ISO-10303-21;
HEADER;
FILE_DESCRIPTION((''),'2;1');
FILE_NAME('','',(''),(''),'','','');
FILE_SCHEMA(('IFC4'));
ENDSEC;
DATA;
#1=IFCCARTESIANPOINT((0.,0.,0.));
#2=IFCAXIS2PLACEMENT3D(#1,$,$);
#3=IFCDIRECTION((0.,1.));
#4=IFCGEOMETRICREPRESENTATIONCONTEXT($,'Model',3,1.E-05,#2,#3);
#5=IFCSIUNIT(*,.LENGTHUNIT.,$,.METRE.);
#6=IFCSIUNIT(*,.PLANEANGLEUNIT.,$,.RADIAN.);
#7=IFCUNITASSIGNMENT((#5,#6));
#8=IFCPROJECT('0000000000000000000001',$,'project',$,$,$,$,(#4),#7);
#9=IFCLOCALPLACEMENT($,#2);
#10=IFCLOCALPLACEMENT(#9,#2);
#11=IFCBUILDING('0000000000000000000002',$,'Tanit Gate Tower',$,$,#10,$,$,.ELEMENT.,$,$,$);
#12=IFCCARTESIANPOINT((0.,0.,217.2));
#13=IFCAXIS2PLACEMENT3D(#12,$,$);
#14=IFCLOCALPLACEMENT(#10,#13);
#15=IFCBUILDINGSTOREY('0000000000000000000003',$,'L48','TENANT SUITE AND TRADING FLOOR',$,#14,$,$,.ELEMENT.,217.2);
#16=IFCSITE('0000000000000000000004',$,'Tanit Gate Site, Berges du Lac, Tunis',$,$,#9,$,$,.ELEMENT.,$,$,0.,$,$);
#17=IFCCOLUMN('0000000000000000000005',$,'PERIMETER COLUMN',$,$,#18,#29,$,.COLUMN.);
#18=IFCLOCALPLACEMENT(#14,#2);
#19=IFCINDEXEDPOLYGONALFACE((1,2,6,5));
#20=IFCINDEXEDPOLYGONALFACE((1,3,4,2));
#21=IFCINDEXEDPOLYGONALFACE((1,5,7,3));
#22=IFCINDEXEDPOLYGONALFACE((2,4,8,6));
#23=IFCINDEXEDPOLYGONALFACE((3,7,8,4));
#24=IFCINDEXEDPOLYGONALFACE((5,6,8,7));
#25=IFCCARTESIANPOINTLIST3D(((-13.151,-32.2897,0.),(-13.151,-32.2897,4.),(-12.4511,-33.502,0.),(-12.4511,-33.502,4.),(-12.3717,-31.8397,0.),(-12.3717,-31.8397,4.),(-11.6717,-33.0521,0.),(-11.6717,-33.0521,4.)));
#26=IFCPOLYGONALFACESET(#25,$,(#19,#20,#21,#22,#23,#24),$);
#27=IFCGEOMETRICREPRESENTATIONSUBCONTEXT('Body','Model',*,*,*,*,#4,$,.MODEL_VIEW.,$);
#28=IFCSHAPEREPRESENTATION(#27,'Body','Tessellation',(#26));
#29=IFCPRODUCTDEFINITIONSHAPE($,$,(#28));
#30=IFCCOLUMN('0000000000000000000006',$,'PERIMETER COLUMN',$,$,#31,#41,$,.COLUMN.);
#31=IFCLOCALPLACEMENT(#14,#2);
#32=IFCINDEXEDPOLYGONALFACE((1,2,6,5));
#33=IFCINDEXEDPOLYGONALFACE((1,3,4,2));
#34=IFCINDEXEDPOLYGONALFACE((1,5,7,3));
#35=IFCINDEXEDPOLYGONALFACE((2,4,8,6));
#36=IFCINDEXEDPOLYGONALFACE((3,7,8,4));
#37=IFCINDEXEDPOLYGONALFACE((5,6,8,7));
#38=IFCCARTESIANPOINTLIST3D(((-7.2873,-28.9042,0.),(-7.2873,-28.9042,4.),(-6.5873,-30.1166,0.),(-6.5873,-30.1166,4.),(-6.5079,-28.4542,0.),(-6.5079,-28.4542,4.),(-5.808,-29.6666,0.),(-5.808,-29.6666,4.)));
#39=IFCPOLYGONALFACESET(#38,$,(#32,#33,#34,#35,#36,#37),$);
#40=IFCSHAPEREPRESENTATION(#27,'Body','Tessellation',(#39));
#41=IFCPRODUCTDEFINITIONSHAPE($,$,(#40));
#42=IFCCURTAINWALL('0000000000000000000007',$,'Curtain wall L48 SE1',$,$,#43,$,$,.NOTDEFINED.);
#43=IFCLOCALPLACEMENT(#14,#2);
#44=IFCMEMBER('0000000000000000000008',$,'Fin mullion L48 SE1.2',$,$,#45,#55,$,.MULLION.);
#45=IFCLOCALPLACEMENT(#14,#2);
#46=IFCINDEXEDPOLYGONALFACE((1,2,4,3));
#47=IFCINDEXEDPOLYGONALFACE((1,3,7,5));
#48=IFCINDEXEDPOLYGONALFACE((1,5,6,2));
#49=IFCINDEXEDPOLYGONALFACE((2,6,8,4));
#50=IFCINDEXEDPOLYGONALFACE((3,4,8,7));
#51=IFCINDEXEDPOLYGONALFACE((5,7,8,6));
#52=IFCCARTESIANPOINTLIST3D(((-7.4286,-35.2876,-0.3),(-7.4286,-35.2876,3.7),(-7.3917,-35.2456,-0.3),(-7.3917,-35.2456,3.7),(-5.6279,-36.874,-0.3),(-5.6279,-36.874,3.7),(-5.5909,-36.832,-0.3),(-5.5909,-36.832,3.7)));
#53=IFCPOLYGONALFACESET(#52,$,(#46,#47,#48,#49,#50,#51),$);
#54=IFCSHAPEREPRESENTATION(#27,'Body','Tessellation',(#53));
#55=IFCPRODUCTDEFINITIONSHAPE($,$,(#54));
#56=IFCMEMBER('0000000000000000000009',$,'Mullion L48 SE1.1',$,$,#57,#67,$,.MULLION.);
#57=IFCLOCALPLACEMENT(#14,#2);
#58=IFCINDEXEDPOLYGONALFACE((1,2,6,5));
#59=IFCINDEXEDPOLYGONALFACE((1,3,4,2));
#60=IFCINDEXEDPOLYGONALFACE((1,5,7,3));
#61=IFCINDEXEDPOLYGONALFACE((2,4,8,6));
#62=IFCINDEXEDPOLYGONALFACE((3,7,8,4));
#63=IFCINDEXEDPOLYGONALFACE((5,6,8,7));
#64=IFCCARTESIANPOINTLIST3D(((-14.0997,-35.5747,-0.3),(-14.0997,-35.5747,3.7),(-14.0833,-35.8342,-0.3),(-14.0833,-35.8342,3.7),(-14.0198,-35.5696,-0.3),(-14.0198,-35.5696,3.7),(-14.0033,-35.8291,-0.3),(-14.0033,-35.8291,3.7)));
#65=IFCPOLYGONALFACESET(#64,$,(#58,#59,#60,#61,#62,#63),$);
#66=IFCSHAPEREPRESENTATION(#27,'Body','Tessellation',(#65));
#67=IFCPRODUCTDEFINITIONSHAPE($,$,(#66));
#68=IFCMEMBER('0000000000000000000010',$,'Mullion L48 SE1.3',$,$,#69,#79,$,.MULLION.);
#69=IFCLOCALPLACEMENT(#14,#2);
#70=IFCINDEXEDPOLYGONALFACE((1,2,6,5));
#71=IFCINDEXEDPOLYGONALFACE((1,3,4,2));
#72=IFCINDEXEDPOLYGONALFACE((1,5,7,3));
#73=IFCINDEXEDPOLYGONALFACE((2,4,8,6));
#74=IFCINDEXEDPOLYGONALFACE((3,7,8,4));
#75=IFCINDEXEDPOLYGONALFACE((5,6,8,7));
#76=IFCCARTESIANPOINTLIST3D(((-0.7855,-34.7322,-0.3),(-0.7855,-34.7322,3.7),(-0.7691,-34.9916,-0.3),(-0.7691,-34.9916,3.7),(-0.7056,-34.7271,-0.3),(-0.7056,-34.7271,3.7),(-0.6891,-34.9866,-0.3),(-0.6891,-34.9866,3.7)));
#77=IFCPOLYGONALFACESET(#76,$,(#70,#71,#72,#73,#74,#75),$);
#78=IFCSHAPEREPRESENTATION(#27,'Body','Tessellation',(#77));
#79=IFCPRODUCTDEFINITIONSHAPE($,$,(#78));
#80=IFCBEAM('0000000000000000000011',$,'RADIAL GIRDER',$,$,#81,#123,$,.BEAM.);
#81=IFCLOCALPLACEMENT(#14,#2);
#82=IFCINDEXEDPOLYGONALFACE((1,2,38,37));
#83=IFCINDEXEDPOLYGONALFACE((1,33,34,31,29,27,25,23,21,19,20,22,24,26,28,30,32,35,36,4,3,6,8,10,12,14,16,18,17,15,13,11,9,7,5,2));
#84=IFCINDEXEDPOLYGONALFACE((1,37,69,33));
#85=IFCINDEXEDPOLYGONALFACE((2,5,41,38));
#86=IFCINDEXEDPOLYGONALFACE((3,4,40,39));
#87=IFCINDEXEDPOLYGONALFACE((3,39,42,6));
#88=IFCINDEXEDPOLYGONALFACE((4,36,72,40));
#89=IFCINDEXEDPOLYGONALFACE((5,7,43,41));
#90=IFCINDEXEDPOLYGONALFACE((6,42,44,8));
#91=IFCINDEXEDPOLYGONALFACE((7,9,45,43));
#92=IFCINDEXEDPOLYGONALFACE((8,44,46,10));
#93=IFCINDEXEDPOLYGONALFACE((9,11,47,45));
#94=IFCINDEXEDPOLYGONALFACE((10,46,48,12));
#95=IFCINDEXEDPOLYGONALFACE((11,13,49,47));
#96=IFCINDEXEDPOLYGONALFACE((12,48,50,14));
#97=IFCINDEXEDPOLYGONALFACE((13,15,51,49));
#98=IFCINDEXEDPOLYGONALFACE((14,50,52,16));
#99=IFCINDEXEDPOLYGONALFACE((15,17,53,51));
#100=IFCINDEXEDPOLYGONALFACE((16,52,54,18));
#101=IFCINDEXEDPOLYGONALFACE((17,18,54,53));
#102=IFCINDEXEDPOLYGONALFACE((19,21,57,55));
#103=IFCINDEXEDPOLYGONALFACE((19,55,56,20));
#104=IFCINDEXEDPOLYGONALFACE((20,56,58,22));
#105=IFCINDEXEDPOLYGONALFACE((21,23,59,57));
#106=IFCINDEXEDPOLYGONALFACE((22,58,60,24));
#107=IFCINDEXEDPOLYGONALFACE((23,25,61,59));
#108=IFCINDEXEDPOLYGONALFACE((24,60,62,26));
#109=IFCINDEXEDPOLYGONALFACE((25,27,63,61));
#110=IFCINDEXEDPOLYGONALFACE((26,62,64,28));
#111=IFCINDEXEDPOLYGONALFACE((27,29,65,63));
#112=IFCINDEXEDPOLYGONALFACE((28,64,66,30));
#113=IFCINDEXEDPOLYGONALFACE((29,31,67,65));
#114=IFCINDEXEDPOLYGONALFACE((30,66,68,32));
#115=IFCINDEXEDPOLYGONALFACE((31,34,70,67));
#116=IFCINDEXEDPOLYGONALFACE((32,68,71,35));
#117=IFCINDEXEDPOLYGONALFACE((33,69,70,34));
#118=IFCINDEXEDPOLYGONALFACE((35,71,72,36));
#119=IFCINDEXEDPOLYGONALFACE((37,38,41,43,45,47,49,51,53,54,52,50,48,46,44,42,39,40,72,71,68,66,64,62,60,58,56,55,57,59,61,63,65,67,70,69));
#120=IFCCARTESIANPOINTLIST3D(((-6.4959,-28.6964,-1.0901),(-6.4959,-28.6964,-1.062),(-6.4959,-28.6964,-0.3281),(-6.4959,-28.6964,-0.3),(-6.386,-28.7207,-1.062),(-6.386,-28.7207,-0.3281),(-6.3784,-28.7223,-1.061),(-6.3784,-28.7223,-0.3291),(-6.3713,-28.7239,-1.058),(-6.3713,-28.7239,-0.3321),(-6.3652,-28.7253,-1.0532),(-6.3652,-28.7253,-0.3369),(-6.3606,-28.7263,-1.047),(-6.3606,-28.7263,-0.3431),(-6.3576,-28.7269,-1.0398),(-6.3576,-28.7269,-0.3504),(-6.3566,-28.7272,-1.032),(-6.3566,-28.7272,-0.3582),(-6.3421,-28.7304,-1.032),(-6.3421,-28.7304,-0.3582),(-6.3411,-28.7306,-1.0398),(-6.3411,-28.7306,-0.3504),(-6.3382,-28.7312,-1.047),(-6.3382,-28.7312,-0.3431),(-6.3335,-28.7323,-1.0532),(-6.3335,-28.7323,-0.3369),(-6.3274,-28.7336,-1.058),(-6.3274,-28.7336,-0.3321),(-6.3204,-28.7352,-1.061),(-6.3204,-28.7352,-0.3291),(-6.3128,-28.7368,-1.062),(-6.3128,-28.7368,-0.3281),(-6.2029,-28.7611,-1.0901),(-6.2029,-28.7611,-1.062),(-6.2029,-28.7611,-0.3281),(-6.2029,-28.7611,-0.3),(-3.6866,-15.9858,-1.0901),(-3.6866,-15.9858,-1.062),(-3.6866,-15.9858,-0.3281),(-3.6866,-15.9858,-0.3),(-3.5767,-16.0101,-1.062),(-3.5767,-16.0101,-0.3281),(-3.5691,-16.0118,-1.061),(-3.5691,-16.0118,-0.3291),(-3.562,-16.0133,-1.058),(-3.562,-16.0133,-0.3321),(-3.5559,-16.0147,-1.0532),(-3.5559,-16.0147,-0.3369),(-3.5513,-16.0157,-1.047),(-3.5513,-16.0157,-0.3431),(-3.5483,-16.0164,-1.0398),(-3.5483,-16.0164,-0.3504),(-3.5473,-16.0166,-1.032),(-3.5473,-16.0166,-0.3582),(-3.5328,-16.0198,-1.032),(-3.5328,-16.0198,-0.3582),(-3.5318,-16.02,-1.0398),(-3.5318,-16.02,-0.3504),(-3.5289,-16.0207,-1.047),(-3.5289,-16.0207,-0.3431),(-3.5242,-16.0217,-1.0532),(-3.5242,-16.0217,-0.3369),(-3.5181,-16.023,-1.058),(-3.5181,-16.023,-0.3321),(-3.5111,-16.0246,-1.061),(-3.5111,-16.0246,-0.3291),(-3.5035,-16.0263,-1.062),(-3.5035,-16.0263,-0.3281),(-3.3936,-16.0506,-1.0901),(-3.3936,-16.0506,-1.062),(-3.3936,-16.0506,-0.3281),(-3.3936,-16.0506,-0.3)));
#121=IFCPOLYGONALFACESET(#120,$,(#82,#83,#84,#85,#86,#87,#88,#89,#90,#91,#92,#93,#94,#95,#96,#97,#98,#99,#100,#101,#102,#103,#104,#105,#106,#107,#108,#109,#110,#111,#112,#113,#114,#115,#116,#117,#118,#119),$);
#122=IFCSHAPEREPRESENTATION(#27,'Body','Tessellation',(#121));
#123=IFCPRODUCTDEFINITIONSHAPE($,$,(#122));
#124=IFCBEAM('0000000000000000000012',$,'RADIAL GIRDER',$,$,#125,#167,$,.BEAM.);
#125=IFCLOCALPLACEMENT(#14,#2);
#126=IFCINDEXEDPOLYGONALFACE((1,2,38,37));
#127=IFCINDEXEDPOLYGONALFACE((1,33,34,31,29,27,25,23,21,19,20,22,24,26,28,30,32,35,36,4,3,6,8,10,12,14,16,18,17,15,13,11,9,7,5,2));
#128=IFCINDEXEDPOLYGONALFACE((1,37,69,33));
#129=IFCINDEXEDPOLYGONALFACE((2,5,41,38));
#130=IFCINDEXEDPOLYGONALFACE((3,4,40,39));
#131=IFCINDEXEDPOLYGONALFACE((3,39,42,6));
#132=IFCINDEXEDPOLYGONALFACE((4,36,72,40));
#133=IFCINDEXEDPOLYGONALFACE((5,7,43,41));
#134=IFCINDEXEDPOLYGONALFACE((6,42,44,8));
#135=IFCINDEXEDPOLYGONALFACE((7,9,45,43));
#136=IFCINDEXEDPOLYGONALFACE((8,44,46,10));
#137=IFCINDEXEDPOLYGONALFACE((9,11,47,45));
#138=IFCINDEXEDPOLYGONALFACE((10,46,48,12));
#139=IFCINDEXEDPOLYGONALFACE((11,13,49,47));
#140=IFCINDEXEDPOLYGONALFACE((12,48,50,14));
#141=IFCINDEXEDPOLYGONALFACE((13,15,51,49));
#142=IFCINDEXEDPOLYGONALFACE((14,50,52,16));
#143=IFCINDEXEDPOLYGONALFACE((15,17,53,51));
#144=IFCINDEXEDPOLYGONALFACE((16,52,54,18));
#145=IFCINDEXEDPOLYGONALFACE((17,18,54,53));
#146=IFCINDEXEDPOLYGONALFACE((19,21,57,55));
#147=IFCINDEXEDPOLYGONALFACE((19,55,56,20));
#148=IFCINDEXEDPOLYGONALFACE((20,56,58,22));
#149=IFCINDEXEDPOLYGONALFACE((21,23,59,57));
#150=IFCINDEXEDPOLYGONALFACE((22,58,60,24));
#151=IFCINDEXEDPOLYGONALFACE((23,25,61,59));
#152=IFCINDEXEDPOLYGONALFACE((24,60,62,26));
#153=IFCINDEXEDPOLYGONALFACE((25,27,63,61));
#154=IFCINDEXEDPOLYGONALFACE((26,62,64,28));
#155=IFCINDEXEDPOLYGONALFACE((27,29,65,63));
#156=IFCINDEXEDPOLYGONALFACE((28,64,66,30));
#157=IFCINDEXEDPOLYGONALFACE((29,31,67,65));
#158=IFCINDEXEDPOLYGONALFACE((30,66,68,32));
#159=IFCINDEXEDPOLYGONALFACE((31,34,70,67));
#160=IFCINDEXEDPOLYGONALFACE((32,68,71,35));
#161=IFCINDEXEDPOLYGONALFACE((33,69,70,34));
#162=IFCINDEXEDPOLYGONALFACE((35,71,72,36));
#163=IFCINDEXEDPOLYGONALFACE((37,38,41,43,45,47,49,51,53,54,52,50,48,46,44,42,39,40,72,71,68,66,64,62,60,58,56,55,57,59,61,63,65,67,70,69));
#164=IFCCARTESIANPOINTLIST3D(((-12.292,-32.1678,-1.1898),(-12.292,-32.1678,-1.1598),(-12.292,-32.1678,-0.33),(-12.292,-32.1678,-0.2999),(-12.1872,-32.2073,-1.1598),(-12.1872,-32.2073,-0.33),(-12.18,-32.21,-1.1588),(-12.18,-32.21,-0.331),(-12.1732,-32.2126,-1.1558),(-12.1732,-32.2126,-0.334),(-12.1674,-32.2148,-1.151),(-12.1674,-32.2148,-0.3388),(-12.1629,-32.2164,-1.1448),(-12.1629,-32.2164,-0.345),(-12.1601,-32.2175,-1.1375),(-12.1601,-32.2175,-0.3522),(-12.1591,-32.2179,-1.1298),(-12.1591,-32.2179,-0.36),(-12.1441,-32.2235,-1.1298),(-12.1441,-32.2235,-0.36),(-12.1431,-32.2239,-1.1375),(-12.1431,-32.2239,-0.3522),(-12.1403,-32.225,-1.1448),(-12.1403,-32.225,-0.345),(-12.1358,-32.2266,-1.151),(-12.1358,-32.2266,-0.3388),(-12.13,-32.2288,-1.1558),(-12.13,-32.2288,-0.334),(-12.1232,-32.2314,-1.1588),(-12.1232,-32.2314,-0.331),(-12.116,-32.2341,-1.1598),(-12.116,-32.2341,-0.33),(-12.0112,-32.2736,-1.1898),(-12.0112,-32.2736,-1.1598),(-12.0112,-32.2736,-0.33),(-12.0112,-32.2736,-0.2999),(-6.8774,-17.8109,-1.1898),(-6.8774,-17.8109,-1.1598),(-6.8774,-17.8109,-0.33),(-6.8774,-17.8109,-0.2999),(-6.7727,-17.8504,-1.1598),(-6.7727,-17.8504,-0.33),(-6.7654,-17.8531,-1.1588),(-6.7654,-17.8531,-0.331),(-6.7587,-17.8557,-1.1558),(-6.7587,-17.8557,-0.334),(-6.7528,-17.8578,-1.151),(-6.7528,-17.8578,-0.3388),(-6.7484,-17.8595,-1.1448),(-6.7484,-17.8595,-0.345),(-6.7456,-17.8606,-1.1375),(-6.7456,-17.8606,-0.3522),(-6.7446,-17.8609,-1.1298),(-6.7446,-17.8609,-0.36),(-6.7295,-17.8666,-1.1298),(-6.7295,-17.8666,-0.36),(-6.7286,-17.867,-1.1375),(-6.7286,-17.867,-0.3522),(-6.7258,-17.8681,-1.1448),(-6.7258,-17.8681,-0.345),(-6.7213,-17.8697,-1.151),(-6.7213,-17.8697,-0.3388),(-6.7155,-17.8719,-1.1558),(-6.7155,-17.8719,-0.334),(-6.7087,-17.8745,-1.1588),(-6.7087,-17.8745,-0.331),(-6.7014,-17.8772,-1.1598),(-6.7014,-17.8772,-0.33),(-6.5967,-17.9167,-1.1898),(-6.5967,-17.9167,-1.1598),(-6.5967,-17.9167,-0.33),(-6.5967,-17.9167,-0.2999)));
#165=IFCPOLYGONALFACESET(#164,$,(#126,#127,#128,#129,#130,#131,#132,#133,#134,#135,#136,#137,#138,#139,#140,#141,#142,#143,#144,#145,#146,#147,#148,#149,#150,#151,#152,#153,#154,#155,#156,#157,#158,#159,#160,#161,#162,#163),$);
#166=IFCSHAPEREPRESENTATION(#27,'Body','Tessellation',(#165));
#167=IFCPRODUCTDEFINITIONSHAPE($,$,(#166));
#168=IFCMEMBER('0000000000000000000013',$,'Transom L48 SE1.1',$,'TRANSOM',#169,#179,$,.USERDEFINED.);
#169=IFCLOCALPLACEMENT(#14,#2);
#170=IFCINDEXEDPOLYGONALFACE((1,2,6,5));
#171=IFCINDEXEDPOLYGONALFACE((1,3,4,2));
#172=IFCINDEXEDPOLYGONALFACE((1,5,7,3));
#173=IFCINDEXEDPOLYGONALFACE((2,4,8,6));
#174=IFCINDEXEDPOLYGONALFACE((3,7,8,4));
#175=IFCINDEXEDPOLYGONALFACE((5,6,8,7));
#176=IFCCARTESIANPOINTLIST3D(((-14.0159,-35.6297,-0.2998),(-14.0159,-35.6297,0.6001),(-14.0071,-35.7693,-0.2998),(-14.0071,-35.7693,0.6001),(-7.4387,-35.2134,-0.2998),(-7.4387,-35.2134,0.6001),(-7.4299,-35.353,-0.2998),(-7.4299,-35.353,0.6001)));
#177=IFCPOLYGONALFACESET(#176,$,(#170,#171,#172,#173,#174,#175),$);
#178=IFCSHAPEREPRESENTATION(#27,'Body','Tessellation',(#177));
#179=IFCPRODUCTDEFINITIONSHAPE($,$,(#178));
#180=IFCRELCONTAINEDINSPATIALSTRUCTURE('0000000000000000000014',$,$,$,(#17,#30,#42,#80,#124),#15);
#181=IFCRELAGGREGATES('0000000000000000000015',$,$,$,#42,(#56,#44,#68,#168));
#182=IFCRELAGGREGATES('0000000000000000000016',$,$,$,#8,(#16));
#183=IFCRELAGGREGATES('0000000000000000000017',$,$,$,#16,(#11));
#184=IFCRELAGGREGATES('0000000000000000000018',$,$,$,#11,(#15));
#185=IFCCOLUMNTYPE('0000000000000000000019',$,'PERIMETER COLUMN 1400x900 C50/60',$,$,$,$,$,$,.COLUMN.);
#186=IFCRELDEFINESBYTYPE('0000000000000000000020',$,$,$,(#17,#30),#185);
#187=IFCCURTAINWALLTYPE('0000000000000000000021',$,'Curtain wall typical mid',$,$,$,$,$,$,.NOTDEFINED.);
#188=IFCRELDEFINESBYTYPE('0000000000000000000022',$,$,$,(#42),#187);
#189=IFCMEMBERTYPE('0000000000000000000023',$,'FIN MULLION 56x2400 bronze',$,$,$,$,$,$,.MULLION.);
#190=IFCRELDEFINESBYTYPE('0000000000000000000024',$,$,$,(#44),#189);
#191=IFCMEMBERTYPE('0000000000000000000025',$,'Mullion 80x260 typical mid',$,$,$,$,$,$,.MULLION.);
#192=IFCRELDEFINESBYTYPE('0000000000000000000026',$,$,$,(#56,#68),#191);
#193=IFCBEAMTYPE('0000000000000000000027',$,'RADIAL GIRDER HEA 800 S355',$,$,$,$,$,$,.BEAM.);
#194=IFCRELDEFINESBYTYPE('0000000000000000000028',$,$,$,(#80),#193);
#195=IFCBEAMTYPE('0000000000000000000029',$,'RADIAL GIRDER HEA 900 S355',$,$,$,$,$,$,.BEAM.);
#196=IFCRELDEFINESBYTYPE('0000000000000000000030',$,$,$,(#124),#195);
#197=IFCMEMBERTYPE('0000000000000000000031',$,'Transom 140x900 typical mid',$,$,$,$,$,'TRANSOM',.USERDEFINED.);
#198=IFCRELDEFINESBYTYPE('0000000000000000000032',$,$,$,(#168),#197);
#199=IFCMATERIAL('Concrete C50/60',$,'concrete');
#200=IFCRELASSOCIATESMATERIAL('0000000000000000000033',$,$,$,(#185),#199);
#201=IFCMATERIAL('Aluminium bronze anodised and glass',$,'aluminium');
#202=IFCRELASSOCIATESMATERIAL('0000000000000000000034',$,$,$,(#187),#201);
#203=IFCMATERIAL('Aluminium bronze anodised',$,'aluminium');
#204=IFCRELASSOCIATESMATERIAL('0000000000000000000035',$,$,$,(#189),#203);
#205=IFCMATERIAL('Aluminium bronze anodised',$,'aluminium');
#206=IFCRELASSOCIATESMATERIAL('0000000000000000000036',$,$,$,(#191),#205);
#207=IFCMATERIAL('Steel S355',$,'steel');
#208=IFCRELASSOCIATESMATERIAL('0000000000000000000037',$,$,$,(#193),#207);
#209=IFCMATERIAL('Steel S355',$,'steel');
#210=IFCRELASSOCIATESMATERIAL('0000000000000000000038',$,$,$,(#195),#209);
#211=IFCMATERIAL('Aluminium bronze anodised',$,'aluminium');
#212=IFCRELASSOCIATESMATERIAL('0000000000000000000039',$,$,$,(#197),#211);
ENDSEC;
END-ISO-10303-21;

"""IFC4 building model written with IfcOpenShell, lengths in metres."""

from ifc_helpers import new_model, si_unit, direction, frame, origin, origin_2d, place, context, subcontext, project, spatial, rectangle, i_section, extrude, material, material_profile, profile_set, type_object, element, aggregate, save


model = new_model("IFC4")

# Units and contexts
model_context = context("Model", 3, precision=1e-05, world=origin(), true_north=direction((0.0, 1.0)))
body_context = subcontext(model_context, "Body", "Model", "MODEL_VIEW")
ifc_project = project(units=[si_unit("LENGTHUNIT", "METRE"), si_unit("PLANEANGLEUNIT", "RADIAN")], contexts=[model_context])

# Site, building, storey
site_placement = place(None, origin())
site = spatial("IfcSite", under=ifc_project, at=site_placement, Name="Tanit Gate Site, Berges du Lac, Tunis", CompositionType="ELEMENT", RefElevation=0.0)
building_placement = place(site_placement, origin())
building = spatial("IfcBuilding", under=site, at=building_placement, Name="Tanit Gate Tower", CompositionType="ELEMENT")
storey_placement = place(building_placement, frame((0.0, 0.0, 217.2)))
storey = spatial("IfcBuildingStorey", under=building, at=storey_placement, Name="L48", Description="TENANT SUITE AND TRADING FLOOR", CompositionType="ELEMENT", Elevation=217.2)

# Columns
ifc_material_1 = material(Name="Concrete C50/60", Category="concrete")
ifc_material_profile_1 = material_profile(ifc_material_1, rectangle(XDim=1.3999, YDim=0.8999, at=origin_2d()), Name="RC 1400x900")
ifc_profile_set_1 = profile_set([ifc_material_profile_1], Name="Concrete C50/60")
column_type = type_object("IfcColumnType", Name="PERIMETER COLUMN 1400x900 C50/60", PredefinedType="COLUMN", material=ifc_profile_set_1)
for number, where, z_axis, x_axis, name in (
    (1, (-12.4114, -32.6709, 0.0), (0.0, 0.0, 1.0), (0.5, -0.866025, 0.0), "PERIMETER COLUMN"),
    (2, (-6.5476, -29.2854, 0.0), (0.0, 0.0, 1.0), (0.5, -0.866025, 0.0), "PERIMETER COLUMN"),
):
    element("IfcColumn", number, at=place(storey_placement, frame(where, z_axis=z_axis, x_axis=x_axis)), inside=storey, type_object=column_type, Name=name, PredefinedType="COLUMN", context=body_context, shape_type="SweptSolid", body=[
        extrude(rectangle(XDim=1.3999, YDim=0.8999, at=origin_2d()), origin(), (0.0, 0.0, 1.0), 4.0),
    ])

# Curtain wall, members
ifc_material_2 = material(Name="Aluminium bronze anodised and glass", Category="aluminium")
curtain_wall_type = type_object("IfcCurtainWallType", Name="Curtain wall typical mid", PredefinedType="NOTDEFINED", material=ifc_material_2)
curtain_wall_placement = place(storey_placement, origin())
curtain_wall = element("IfcCurtainWall", 3, at=curtain_wall_placement, inside=storey, type_object=curtain_wall_type, Name="Curtain wall L48 SE1", PredefinedType="NOTDEFINED")
ifc_material_3 = material(Name="Aluminium bronze anodised", Category="aluminium")
ifc_material_profile_2 = material_profile(ifc_material_3, rectangle(XDim=2.3999, YDim=0.0559, at=origin_2d()), Name="56x2400 bronze fin mullion")
ifc_profile_set_2 = profile_set([ifc_material_profile_2], Name="Aluminium bronze anodised")
member_type_1 = type_object("IfcMemberType", Name="FIN MULLION 56x2400 bronze", PredefinedType="MULLION", material=ifc_profile_set_2)
member_1_placement = place(storey_placement, frame((-6.5098, -36.0598, -0.3), z_axis=(0.0, 0.0, 1.0), x_axis=(-0.750355, 0.661035, 0.0)))
member_1 = element("IfcMember", 4, at=member_1_placement, type_object=member_type_1, Name="Fin mullion L48 SE1.2", PredefinedType="MULLION", context=body_context, shape_type="SweptSolid", body=[
    extrude(rectangle(XDim=2.3999, YDim=0.0559, at=origin_2d()), origin(), (0.0, 0.0, 1.0), 4.0),
])
ifc_material_4 = material(Name="Aluminium bronze anodised", Category="aluminium")
ifc_material_profile_3 = material_profile(ifc_material_4, rectangle(XDim=0.26, YDim=0.0801, at=origin_2d()), Name="80x260 bronze mullion")
ifc_profile_set_3 = profile_set([ifc_material_profile_3], Name="Aluminium bronze anodised")
member_type_2 = type_object("IfcMemberType", Name="Mullion 80x260 typical mid", PredefinedType="MULLION", material=ifc_profile_set_3)
member_2_placement = place(storey_placement, frame((-14.0515, -35.7019, -0.3), z_axis=(0.0, 0.0, 1.0), x_axis=(-0.063159, 0.998003, 0.0)))
member_2 = element("IfcMember", 5, at=member_2_placement, type_object=member_type_2, Name="Mullion L48 SE1.1", PredefinedType="MULLION", context=body_context, shape_type="SweptSolid", body=[
    extrude(rectangle(XDim=0.26, YDim=0.0801, at=origin_2d()), origin(), (0.0, 0.0, 1.0), 4.0),
])
member_3_placement = place(storey_placement, frame((-0.7373, -34.8594, -0.3), z_axis=(0.0, 0.0, 1.0), x_axis=(-0.063159, 0.998003, 0.0)))
member_3 = element("IfcMember", 6, at=member_3_placement, type_object=member_type_2, Name="Mullion L48 SE1.3", PredefinedType="MULLION", context=body_context, shape_type="SweptSolid", body=[
    extrude(rectangle(XDim=0.26, YDim=0.0801, at=origin_2d()), origin(), (0.0, 0.0, 1.0), 4.0),
])

# Beams
ifc_material_5 = material(Name="Steel S355", Category="steel")
ifc_material_profile_4 = material_profile(ifc_material_5, i_section(OverallWidth=0.3, OverallDepth=0.79, WebThickness=0.0149, FlangeThickness=0.0281, FilletRadius=0.03, at=origin_2d()), Name="HEA 800")
ifc_profile_set_4 = profile_set([ifc_material_profile_4], Name="Steel S355")
beam_type_1 = type_object("IfcBeamType", Name="RADIAL GIRDER HEA 800 S355", PredefinedType="BEAM", material=ifc_profile_set_4)
beam_1_placement = place(storey_placement, frame((-6.3494, -28.7288, -0.6951), z_axis=(0.215812, 0.976435, 0.0), x_axis=(-0.976435, 0.215812, 0.0)))
element("IfcBeam", 7, at=beam_1_placement, inside=storey, type_object=beam_type_1, Name="RADIAL GIRDER", PredefinedType="BEAM", context=body_context, shape_type="SweptSolid", body=[
    extrude(i_section(OverallWidth=0.3, OverallDepth=0.79, WebThickness=0.0149, FlangeThickness=0.0281, FilletRadius=0.03, at=origin_2d()), origin(), (0.0, 0.0, 1.0), 13.0173),
])
ifc_material_6 = material(Name="Steel S355", Category="steel")
ifc_material_profile_5 = material_profile(ifc_material_6, i_section(OverallWidth=0.3, OverallDepth=0.8899, WebThickness=0.0161, FlangeThickness=0.03, FilletRadius=0.03, at=origin_2d()), Name="HEA 900")
ifc_profile_set_5 = profile_set([ifc_material_profile_5], Name="Steel S355")
beam_type_2 = type_object("IfcBeamType", Name="RADIAL GIRDER HEA 900 S355", PredefinedType="BEAM", material=ifc_profile_set_5)
beam_2_placement = place(storey_placement, frame((-12.1516, -32.2207, -0.7449), z_axis=(0.352877, 0.93567, 0.0), x_axis=(-0.93567, 0.352877, 0.0)))
element("IfcBeam", 8, at=beam_2_placement, inside=storey, type_object=beam_type_2, Name="RADIAL GIRDER", PredefinedType="BEAM", context=body_context, shape_type="SweptSolid", body=[
    extrude(i_section(OverallWidth=0.3, OverallDepth=0.8899, WebThickness=0.0161, FlangeThickness=0.03, FilletRadius=0.03, at=origin_2d()), origin(), (0.0, 0.0, 1.0), 15.344),
])

# Member
ifc_material_7 = material(Name="Aluminium bronze anodised", Category="aluminium")
ifc_material_profile_6 = material_profile(ifc_material_7, rectangle(XDim=0.1399, YDim=0.8999, at=origin_2d()), Name="140x900 bronze transom")
ifc_profile_set_6 = profile_set([ifc_material_profile_6], Name="Aluminium bronze anodised")
member_type_3 = type_object("IfcMemberType", Name="Transom 140x900 typical mid", ElementType="TRANSOM", PredefinedType="USERDEFINED", material=ifc_profile_set_6)
member_4_placement = place(storey_placement, frame((-14.0115, -35.6995, 0.1501), z_axis=(0.998003, 0.063162, 0.0), x_axis=(-0.063162, 0.998003, 0.0)))
member_4 = element("IfcMember", 9, at=member_4_placement, type_object=member_type_3, Name="Transom L48 SE1.1", ObjectType="TRANSOM", PredefinedType="USERDEFINED", context=body_context, shape_type="SweptSolid", body=[
    extrude(rectangle(XDim=0.1399, YDim=0.8999, at=origin_2d()), origin(), (0.0, 0.0, 1.0), 6.5903),
])

aggregate(curtain_wall, [member_2, member_1, member_3, member_4])

save(model, "model.ifc")
